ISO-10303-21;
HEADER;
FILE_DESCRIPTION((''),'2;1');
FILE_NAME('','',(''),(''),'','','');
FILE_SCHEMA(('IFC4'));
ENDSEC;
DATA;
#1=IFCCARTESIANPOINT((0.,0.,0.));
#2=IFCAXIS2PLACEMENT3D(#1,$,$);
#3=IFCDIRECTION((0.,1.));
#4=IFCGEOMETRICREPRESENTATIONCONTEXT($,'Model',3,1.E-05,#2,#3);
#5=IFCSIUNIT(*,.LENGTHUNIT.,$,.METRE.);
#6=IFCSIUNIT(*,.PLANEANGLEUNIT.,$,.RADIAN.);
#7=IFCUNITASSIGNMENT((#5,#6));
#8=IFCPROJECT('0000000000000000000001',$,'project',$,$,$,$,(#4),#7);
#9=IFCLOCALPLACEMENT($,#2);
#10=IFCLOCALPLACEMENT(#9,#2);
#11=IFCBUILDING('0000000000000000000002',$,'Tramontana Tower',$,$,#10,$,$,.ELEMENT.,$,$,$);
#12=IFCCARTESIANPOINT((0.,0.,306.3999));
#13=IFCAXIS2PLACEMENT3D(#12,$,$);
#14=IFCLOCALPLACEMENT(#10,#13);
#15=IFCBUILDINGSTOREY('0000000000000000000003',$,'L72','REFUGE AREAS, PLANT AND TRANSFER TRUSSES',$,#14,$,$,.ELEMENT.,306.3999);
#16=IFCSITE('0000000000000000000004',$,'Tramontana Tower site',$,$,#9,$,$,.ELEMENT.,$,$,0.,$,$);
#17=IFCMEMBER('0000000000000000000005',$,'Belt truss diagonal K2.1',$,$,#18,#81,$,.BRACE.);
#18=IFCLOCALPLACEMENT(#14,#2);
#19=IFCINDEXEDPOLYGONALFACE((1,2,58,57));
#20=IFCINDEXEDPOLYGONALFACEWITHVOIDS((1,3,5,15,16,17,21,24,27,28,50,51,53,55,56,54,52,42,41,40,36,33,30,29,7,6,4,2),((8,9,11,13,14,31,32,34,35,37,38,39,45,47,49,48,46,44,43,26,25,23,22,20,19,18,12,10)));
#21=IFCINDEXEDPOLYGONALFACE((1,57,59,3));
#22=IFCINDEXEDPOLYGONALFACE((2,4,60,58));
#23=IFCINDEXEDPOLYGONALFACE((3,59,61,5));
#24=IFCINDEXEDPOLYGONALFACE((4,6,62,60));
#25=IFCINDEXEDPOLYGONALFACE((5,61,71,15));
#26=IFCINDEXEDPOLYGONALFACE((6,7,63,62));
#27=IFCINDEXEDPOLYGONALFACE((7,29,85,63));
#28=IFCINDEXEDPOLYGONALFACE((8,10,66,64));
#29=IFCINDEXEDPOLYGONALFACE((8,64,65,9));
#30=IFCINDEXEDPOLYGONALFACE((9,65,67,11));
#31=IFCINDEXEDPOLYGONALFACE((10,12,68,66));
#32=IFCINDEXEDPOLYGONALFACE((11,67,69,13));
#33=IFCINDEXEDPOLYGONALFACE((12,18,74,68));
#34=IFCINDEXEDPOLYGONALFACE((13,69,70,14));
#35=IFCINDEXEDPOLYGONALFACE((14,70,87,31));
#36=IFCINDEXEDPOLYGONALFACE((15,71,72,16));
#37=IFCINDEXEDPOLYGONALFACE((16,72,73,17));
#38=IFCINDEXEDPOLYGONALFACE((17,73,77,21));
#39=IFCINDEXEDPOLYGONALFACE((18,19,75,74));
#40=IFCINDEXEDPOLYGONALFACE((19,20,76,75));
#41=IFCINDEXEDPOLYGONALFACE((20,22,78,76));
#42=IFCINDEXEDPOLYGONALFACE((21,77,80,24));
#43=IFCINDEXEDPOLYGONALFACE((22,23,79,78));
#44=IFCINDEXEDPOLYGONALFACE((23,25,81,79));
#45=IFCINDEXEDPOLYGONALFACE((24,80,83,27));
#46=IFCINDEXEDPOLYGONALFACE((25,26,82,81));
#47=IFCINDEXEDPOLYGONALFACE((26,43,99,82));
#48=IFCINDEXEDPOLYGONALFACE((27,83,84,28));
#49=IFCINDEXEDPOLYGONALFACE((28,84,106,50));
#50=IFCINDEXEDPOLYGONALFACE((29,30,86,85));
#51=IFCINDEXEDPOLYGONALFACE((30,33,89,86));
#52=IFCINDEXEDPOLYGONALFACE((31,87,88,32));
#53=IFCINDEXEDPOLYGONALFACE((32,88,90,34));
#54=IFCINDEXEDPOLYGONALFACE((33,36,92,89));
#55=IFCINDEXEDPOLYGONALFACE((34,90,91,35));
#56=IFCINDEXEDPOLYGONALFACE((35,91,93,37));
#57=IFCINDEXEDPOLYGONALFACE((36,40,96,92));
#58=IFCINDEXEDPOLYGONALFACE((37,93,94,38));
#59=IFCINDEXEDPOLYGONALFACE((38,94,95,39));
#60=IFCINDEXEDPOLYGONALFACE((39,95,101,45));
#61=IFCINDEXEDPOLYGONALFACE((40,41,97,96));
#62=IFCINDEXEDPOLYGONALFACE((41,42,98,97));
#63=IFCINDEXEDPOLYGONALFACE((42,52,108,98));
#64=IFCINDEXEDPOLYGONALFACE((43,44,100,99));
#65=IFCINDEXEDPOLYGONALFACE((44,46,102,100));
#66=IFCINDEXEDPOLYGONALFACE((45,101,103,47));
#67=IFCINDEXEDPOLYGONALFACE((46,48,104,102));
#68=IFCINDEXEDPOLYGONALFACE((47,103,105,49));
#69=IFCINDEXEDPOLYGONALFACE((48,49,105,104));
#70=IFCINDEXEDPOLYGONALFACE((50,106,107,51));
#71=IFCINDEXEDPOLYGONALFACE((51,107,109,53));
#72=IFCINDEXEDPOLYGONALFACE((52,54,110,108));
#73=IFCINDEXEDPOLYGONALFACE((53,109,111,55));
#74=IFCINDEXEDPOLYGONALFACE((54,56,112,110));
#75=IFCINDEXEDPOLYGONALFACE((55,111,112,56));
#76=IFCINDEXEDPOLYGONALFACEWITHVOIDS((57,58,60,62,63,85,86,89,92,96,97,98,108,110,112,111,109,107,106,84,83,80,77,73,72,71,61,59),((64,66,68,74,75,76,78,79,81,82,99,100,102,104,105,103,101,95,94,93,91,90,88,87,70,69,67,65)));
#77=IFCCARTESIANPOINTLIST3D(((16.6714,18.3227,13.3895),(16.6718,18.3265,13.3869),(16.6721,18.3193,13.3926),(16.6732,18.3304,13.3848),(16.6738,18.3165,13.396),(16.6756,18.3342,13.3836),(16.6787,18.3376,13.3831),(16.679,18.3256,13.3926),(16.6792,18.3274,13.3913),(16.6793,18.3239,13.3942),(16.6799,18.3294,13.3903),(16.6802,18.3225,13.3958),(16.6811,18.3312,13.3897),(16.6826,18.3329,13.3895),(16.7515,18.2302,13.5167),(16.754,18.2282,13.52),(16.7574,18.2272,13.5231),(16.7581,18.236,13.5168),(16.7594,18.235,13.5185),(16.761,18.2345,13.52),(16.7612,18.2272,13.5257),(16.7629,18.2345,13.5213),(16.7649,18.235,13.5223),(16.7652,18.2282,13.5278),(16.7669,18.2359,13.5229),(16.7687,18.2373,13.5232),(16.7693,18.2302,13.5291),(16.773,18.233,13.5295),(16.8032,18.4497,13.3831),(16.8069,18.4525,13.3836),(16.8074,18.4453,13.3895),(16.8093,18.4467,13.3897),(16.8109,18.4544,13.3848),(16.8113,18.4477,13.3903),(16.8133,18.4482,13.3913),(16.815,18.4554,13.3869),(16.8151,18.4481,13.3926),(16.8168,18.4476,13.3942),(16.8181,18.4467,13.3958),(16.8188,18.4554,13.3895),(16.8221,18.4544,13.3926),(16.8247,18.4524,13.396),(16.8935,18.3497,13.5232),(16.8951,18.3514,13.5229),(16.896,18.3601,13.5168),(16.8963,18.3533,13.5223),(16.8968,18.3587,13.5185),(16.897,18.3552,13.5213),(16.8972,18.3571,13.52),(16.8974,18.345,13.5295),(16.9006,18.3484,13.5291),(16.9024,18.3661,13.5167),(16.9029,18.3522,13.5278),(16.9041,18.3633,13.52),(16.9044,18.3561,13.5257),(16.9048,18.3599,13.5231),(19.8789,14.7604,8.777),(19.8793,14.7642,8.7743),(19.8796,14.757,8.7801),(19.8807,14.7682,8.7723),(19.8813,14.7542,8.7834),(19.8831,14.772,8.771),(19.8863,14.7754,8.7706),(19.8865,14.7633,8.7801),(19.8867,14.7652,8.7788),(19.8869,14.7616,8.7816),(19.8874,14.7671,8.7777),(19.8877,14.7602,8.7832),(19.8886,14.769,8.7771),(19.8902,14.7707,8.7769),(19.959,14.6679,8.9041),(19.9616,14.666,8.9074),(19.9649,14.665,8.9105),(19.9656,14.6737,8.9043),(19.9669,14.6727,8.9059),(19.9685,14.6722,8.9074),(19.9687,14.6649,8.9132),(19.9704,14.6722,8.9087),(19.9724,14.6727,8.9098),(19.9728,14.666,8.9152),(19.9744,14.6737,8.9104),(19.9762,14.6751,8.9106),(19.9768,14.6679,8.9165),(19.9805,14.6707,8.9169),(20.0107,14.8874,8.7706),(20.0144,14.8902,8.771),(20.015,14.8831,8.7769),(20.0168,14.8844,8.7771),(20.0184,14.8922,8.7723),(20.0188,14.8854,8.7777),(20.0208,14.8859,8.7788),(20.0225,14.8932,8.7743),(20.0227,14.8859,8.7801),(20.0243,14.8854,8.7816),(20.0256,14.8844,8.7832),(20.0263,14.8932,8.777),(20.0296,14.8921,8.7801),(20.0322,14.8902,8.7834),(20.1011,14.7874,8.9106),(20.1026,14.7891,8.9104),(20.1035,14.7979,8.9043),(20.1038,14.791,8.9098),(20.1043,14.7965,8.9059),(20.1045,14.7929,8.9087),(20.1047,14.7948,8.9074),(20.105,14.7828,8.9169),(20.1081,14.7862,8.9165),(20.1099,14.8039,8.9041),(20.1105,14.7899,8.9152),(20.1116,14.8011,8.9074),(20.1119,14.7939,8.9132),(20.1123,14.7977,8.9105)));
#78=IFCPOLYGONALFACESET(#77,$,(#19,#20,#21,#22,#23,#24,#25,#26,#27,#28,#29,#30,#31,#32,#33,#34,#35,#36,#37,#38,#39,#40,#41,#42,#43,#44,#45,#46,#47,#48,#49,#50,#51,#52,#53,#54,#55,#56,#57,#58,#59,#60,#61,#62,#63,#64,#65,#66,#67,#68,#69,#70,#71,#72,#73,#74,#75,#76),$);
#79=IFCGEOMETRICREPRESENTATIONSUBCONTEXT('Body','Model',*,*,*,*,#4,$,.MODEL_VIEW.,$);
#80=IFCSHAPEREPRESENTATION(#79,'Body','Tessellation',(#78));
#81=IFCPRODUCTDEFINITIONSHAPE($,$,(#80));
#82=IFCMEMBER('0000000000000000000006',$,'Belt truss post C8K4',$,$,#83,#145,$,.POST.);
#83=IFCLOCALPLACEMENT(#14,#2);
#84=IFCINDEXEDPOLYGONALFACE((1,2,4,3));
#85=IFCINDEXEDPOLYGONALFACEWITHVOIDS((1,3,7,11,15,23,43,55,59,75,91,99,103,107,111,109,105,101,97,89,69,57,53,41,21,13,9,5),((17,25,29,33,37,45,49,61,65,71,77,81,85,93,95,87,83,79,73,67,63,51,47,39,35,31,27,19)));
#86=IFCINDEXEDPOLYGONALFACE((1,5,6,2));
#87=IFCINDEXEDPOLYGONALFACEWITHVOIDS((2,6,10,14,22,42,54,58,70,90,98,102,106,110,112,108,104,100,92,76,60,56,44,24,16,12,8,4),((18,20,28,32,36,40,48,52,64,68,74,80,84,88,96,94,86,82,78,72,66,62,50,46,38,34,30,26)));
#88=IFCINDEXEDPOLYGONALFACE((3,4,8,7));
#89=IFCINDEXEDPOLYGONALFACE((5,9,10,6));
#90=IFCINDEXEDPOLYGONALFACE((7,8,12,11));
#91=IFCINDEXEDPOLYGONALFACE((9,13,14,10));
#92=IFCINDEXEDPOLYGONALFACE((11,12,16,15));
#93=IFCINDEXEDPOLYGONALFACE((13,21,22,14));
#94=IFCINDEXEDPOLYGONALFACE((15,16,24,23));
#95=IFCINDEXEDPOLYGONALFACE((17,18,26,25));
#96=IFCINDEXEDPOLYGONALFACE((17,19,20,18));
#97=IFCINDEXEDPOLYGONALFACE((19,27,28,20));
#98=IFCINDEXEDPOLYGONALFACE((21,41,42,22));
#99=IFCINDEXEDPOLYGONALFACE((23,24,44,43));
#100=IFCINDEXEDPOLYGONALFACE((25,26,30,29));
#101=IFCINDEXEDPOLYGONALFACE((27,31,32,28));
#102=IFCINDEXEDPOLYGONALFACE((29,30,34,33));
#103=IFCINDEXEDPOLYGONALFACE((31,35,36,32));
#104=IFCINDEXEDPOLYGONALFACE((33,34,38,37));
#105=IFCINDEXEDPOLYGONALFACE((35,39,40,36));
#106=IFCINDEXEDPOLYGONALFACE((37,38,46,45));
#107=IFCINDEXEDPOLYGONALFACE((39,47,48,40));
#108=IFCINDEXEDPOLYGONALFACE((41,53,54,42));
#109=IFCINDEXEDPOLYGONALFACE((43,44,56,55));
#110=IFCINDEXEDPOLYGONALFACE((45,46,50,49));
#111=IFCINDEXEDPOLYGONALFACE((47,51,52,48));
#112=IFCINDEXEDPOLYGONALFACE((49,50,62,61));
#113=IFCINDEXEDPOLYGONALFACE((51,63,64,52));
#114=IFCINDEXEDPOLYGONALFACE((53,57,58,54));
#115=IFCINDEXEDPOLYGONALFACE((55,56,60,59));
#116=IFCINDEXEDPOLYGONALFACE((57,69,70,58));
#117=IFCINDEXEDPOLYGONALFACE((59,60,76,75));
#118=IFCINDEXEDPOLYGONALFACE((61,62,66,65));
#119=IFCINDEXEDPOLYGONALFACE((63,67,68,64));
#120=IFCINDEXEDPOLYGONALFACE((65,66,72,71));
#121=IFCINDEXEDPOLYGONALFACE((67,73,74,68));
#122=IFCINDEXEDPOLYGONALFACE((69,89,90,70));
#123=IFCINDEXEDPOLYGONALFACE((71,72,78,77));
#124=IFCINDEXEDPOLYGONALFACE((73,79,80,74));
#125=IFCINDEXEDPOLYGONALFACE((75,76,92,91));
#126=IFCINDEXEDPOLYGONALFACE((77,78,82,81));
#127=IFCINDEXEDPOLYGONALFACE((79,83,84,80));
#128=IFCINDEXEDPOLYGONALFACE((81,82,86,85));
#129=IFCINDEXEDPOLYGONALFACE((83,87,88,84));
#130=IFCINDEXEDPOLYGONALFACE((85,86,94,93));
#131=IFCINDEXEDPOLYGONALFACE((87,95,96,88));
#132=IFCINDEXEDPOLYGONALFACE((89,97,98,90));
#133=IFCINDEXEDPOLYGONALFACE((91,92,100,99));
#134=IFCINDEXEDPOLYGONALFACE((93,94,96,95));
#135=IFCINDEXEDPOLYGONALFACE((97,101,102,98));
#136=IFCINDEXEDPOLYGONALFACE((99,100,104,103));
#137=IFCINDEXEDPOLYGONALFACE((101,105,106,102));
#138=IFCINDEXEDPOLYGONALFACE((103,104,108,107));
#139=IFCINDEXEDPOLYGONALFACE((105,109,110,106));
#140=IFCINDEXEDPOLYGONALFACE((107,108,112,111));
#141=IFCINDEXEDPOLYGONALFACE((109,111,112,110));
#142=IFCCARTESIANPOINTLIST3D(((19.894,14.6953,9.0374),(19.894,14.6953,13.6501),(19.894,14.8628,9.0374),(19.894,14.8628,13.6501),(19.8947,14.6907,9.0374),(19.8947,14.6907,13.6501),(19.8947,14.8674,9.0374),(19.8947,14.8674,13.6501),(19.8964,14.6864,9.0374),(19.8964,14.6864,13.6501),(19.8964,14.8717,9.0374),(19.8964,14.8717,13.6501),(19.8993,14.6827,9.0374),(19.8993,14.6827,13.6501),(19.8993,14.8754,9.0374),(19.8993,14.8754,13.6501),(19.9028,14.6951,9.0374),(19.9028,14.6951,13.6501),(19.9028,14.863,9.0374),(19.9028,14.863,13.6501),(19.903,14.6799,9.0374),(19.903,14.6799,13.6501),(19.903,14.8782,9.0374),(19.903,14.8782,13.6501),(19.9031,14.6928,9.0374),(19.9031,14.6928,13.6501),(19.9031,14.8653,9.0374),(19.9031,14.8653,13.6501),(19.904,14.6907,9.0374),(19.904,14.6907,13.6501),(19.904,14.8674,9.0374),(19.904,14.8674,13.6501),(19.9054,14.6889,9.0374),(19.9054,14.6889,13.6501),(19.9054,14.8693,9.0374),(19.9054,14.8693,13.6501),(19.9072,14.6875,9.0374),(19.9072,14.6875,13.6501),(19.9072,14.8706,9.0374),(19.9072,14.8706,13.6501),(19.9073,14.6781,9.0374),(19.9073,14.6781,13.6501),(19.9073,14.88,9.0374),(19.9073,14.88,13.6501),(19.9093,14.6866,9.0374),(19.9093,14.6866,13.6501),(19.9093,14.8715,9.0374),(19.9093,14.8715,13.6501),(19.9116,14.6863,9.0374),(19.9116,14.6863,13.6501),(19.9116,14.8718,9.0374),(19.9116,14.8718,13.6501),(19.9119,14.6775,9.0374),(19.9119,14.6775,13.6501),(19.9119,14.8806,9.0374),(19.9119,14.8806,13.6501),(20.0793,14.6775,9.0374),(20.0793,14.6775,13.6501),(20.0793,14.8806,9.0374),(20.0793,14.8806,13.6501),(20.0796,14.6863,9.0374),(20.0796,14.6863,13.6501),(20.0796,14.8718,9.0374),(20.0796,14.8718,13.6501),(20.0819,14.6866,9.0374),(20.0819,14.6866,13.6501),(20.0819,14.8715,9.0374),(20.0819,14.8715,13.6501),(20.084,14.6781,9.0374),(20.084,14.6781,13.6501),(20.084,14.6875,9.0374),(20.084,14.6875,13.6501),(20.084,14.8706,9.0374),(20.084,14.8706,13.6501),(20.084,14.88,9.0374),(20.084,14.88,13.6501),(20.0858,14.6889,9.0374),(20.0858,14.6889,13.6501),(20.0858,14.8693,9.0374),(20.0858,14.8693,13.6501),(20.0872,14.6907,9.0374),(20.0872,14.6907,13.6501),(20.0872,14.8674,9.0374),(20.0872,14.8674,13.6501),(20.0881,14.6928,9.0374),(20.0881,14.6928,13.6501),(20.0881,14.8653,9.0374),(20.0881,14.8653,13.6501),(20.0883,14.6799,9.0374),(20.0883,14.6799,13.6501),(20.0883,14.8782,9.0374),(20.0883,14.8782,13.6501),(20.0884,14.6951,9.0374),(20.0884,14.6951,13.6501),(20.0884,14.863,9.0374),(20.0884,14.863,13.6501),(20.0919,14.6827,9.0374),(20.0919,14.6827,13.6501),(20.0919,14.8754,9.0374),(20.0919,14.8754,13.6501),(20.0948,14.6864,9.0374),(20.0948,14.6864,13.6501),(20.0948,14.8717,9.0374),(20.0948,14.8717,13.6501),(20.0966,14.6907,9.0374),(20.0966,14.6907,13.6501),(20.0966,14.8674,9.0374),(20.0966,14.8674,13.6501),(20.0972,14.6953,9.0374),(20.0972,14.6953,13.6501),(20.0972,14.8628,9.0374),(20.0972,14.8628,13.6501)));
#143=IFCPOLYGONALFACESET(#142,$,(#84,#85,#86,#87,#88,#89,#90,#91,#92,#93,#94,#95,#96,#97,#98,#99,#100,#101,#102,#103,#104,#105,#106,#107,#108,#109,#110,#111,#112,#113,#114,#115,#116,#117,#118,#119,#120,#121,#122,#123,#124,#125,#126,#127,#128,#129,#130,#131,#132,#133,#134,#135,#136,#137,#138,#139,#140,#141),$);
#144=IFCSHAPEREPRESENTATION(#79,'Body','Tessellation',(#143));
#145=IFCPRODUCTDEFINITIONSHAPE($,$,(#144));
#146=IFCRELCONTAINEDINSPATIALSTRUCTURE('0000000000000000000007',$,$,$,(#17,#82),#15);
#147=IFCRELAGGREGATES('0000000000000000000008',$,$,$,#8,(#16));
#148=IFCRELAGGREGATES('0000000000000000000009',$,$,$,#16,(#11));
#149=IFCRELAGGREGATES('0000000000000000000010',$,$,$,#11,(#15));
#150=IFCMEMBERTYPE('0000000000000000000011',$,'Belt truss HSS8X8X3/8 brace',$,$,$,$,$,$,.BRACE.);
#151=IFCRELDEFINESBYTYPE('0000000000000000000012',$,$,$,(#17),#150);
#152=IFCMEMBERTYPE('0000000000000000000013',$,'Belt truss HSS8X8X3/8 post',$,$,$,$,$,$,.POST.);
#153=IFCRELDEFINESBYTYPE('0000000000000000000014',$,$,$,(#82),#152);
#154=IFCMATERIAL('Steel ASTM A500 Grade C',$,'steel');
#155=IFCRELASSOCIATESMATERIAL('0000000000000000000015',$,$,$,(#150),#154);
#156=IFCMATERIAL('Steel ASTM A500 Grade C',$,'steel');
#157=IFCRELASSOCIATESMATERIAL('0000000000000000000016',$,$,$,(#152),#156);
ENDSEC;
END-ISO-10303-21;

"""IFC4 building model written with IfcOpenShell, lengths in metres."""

from ifc_helpers import new_model, si_unit, direction, frame, origin, origin_2d, place, context, subcontext, project, spatial, hollow_rectangle, extrude, material, material_profile, profile_set, type_object, element, save


model = new_model("IFC4")

# Units and contexts
model_context = context("Model", 3, precision=1e-05, world=origin(), true_north=direction((0.0, 1.0)))
body_context = subcontext(model_context, "Body", "Model", "MODEL_VIEW")
ifc_project = project(units=[si_unit("LENGTHUNIT", "METRE"), si_unit("PLANEANGLEUNIT", "RADIAN")], contexts=[model_context])

# Site, building, storey
site_placement = place(None, origin())
site = spatial("IfcSite", under=ifc_project, at=site_placement, Name="Tramontana Tower site", CompositionType="ELEMENT", RefElevation=0.0)
building_placement = place(site_placement, origin())
building = spatial("IfcBuilding", under=site, at=building_placement, Name="Tramontana Tower", CompositionType="ELEMENT")
storey_placement = place(building_placement, frame((0.0, 0.0, 306.3999)))
storey = spatial("IfcBuildingStorey", under=building, at=storey_placement, Name="L72", Description="REFUGE AREAS, PLANT AND TRANSFER TRUSSES", CompositionType="ELEMENT", Elevation=306.3999)

# Members
ifc_material_1 = material(Name="Steel ASTM A500 Grade C", Category="steel")
ifc_material_profile_1 = material_profile(ifc_material_1, hollow_rectangle(XDim=0.2031, YDim=0.2031, WallThickness=0.0088, InnerFilletRadius=0.0088, OuterFilletRadius=0.0178, at=origin_2d()), Name="HSS8X8X3/8")
ifc_profile_set_1 = profile_set([ifc_material_profile_1], Name="Steel ASTM A500 Grade C")
member_type_1 = type_object("IfcMemberType", Name="Belt truss HSS8X8X3/8 brace", PredefinedType="BRACE", material=ifc_profile_set_1)
member_1_placement = place(storey_placement, frame((19.9956, 14.7791, 8.8438), z_axis=(-0.482165, 0.53549, 0.693374), x_axis=(-0.74314, -0.669136, 0.0)))
element("IfcMember", 1, at=member_1_placement, inside=storey, type_object=member_type_1, Name="Belt truss diagonal K2.1", PredefinedType="BRACE", context=body_context, shape_type="SweptSolid", body=[
    extrude(hollow_rectangle(XDim=0.2031, YDim=0.2031, WallThickness=0.0088, InnerFilletRadius=0.0088, OuterFilletRadius=0.0178, at=origin_2d()), origin(), (0.0, 0.0, 1.0), 6.6523),
])
ifc_material_2 = material(Name="Steel ASTM A500 Grade C", Category="steel")
ifc_material_profile_2 = material_profile(ifc_material_2, hollow_rectangle(XDim=0.2031, YDim=0.2031, WallThickness=0.0088, InnerFilletRadius=0.0088, OuterFilletRadius=0.0178, at=origin_2d()), Name="HSS8X8X3/8")
ifc_profile_set_2 = profile_set([ifc_material_profile_2], Name="Steel ASTM A500 Grade C")
member_type_2 = type_object("IfcMemberType", Name="Belt truss HSS8X8X3/8 post", PredefinedType="POST", material=ifc_profile_set_2)
for number, where, z_axis, x_axis, name in (
    (2, (19.9956, 14.7791, 9.0374), (0.0, 0.0, 1.0), (1.0, 0.0, 0.0), "Belt truss post C8K4"),
):
    element("IfcMember", number, at=place(storey_placement, frame(where, z_axis=z_axis, x_axis=x_axis)), inside=storey, type_object=member_type_2, Name=name, PredefinedType="POST", context=body_context, shape_type="SweptSolid", body=[
        extrude(hollow_rectangle(XDim=0.2031, YDim=0.2031, WallThickness=0.0088, InnerFilletRadius=0.0088, OuterFilletRadius=0.0178, at=origin_2d()), origin(), (0.0, 0.0, 1.0), 4.6128),
    ])

save(model, "model.ifc")
